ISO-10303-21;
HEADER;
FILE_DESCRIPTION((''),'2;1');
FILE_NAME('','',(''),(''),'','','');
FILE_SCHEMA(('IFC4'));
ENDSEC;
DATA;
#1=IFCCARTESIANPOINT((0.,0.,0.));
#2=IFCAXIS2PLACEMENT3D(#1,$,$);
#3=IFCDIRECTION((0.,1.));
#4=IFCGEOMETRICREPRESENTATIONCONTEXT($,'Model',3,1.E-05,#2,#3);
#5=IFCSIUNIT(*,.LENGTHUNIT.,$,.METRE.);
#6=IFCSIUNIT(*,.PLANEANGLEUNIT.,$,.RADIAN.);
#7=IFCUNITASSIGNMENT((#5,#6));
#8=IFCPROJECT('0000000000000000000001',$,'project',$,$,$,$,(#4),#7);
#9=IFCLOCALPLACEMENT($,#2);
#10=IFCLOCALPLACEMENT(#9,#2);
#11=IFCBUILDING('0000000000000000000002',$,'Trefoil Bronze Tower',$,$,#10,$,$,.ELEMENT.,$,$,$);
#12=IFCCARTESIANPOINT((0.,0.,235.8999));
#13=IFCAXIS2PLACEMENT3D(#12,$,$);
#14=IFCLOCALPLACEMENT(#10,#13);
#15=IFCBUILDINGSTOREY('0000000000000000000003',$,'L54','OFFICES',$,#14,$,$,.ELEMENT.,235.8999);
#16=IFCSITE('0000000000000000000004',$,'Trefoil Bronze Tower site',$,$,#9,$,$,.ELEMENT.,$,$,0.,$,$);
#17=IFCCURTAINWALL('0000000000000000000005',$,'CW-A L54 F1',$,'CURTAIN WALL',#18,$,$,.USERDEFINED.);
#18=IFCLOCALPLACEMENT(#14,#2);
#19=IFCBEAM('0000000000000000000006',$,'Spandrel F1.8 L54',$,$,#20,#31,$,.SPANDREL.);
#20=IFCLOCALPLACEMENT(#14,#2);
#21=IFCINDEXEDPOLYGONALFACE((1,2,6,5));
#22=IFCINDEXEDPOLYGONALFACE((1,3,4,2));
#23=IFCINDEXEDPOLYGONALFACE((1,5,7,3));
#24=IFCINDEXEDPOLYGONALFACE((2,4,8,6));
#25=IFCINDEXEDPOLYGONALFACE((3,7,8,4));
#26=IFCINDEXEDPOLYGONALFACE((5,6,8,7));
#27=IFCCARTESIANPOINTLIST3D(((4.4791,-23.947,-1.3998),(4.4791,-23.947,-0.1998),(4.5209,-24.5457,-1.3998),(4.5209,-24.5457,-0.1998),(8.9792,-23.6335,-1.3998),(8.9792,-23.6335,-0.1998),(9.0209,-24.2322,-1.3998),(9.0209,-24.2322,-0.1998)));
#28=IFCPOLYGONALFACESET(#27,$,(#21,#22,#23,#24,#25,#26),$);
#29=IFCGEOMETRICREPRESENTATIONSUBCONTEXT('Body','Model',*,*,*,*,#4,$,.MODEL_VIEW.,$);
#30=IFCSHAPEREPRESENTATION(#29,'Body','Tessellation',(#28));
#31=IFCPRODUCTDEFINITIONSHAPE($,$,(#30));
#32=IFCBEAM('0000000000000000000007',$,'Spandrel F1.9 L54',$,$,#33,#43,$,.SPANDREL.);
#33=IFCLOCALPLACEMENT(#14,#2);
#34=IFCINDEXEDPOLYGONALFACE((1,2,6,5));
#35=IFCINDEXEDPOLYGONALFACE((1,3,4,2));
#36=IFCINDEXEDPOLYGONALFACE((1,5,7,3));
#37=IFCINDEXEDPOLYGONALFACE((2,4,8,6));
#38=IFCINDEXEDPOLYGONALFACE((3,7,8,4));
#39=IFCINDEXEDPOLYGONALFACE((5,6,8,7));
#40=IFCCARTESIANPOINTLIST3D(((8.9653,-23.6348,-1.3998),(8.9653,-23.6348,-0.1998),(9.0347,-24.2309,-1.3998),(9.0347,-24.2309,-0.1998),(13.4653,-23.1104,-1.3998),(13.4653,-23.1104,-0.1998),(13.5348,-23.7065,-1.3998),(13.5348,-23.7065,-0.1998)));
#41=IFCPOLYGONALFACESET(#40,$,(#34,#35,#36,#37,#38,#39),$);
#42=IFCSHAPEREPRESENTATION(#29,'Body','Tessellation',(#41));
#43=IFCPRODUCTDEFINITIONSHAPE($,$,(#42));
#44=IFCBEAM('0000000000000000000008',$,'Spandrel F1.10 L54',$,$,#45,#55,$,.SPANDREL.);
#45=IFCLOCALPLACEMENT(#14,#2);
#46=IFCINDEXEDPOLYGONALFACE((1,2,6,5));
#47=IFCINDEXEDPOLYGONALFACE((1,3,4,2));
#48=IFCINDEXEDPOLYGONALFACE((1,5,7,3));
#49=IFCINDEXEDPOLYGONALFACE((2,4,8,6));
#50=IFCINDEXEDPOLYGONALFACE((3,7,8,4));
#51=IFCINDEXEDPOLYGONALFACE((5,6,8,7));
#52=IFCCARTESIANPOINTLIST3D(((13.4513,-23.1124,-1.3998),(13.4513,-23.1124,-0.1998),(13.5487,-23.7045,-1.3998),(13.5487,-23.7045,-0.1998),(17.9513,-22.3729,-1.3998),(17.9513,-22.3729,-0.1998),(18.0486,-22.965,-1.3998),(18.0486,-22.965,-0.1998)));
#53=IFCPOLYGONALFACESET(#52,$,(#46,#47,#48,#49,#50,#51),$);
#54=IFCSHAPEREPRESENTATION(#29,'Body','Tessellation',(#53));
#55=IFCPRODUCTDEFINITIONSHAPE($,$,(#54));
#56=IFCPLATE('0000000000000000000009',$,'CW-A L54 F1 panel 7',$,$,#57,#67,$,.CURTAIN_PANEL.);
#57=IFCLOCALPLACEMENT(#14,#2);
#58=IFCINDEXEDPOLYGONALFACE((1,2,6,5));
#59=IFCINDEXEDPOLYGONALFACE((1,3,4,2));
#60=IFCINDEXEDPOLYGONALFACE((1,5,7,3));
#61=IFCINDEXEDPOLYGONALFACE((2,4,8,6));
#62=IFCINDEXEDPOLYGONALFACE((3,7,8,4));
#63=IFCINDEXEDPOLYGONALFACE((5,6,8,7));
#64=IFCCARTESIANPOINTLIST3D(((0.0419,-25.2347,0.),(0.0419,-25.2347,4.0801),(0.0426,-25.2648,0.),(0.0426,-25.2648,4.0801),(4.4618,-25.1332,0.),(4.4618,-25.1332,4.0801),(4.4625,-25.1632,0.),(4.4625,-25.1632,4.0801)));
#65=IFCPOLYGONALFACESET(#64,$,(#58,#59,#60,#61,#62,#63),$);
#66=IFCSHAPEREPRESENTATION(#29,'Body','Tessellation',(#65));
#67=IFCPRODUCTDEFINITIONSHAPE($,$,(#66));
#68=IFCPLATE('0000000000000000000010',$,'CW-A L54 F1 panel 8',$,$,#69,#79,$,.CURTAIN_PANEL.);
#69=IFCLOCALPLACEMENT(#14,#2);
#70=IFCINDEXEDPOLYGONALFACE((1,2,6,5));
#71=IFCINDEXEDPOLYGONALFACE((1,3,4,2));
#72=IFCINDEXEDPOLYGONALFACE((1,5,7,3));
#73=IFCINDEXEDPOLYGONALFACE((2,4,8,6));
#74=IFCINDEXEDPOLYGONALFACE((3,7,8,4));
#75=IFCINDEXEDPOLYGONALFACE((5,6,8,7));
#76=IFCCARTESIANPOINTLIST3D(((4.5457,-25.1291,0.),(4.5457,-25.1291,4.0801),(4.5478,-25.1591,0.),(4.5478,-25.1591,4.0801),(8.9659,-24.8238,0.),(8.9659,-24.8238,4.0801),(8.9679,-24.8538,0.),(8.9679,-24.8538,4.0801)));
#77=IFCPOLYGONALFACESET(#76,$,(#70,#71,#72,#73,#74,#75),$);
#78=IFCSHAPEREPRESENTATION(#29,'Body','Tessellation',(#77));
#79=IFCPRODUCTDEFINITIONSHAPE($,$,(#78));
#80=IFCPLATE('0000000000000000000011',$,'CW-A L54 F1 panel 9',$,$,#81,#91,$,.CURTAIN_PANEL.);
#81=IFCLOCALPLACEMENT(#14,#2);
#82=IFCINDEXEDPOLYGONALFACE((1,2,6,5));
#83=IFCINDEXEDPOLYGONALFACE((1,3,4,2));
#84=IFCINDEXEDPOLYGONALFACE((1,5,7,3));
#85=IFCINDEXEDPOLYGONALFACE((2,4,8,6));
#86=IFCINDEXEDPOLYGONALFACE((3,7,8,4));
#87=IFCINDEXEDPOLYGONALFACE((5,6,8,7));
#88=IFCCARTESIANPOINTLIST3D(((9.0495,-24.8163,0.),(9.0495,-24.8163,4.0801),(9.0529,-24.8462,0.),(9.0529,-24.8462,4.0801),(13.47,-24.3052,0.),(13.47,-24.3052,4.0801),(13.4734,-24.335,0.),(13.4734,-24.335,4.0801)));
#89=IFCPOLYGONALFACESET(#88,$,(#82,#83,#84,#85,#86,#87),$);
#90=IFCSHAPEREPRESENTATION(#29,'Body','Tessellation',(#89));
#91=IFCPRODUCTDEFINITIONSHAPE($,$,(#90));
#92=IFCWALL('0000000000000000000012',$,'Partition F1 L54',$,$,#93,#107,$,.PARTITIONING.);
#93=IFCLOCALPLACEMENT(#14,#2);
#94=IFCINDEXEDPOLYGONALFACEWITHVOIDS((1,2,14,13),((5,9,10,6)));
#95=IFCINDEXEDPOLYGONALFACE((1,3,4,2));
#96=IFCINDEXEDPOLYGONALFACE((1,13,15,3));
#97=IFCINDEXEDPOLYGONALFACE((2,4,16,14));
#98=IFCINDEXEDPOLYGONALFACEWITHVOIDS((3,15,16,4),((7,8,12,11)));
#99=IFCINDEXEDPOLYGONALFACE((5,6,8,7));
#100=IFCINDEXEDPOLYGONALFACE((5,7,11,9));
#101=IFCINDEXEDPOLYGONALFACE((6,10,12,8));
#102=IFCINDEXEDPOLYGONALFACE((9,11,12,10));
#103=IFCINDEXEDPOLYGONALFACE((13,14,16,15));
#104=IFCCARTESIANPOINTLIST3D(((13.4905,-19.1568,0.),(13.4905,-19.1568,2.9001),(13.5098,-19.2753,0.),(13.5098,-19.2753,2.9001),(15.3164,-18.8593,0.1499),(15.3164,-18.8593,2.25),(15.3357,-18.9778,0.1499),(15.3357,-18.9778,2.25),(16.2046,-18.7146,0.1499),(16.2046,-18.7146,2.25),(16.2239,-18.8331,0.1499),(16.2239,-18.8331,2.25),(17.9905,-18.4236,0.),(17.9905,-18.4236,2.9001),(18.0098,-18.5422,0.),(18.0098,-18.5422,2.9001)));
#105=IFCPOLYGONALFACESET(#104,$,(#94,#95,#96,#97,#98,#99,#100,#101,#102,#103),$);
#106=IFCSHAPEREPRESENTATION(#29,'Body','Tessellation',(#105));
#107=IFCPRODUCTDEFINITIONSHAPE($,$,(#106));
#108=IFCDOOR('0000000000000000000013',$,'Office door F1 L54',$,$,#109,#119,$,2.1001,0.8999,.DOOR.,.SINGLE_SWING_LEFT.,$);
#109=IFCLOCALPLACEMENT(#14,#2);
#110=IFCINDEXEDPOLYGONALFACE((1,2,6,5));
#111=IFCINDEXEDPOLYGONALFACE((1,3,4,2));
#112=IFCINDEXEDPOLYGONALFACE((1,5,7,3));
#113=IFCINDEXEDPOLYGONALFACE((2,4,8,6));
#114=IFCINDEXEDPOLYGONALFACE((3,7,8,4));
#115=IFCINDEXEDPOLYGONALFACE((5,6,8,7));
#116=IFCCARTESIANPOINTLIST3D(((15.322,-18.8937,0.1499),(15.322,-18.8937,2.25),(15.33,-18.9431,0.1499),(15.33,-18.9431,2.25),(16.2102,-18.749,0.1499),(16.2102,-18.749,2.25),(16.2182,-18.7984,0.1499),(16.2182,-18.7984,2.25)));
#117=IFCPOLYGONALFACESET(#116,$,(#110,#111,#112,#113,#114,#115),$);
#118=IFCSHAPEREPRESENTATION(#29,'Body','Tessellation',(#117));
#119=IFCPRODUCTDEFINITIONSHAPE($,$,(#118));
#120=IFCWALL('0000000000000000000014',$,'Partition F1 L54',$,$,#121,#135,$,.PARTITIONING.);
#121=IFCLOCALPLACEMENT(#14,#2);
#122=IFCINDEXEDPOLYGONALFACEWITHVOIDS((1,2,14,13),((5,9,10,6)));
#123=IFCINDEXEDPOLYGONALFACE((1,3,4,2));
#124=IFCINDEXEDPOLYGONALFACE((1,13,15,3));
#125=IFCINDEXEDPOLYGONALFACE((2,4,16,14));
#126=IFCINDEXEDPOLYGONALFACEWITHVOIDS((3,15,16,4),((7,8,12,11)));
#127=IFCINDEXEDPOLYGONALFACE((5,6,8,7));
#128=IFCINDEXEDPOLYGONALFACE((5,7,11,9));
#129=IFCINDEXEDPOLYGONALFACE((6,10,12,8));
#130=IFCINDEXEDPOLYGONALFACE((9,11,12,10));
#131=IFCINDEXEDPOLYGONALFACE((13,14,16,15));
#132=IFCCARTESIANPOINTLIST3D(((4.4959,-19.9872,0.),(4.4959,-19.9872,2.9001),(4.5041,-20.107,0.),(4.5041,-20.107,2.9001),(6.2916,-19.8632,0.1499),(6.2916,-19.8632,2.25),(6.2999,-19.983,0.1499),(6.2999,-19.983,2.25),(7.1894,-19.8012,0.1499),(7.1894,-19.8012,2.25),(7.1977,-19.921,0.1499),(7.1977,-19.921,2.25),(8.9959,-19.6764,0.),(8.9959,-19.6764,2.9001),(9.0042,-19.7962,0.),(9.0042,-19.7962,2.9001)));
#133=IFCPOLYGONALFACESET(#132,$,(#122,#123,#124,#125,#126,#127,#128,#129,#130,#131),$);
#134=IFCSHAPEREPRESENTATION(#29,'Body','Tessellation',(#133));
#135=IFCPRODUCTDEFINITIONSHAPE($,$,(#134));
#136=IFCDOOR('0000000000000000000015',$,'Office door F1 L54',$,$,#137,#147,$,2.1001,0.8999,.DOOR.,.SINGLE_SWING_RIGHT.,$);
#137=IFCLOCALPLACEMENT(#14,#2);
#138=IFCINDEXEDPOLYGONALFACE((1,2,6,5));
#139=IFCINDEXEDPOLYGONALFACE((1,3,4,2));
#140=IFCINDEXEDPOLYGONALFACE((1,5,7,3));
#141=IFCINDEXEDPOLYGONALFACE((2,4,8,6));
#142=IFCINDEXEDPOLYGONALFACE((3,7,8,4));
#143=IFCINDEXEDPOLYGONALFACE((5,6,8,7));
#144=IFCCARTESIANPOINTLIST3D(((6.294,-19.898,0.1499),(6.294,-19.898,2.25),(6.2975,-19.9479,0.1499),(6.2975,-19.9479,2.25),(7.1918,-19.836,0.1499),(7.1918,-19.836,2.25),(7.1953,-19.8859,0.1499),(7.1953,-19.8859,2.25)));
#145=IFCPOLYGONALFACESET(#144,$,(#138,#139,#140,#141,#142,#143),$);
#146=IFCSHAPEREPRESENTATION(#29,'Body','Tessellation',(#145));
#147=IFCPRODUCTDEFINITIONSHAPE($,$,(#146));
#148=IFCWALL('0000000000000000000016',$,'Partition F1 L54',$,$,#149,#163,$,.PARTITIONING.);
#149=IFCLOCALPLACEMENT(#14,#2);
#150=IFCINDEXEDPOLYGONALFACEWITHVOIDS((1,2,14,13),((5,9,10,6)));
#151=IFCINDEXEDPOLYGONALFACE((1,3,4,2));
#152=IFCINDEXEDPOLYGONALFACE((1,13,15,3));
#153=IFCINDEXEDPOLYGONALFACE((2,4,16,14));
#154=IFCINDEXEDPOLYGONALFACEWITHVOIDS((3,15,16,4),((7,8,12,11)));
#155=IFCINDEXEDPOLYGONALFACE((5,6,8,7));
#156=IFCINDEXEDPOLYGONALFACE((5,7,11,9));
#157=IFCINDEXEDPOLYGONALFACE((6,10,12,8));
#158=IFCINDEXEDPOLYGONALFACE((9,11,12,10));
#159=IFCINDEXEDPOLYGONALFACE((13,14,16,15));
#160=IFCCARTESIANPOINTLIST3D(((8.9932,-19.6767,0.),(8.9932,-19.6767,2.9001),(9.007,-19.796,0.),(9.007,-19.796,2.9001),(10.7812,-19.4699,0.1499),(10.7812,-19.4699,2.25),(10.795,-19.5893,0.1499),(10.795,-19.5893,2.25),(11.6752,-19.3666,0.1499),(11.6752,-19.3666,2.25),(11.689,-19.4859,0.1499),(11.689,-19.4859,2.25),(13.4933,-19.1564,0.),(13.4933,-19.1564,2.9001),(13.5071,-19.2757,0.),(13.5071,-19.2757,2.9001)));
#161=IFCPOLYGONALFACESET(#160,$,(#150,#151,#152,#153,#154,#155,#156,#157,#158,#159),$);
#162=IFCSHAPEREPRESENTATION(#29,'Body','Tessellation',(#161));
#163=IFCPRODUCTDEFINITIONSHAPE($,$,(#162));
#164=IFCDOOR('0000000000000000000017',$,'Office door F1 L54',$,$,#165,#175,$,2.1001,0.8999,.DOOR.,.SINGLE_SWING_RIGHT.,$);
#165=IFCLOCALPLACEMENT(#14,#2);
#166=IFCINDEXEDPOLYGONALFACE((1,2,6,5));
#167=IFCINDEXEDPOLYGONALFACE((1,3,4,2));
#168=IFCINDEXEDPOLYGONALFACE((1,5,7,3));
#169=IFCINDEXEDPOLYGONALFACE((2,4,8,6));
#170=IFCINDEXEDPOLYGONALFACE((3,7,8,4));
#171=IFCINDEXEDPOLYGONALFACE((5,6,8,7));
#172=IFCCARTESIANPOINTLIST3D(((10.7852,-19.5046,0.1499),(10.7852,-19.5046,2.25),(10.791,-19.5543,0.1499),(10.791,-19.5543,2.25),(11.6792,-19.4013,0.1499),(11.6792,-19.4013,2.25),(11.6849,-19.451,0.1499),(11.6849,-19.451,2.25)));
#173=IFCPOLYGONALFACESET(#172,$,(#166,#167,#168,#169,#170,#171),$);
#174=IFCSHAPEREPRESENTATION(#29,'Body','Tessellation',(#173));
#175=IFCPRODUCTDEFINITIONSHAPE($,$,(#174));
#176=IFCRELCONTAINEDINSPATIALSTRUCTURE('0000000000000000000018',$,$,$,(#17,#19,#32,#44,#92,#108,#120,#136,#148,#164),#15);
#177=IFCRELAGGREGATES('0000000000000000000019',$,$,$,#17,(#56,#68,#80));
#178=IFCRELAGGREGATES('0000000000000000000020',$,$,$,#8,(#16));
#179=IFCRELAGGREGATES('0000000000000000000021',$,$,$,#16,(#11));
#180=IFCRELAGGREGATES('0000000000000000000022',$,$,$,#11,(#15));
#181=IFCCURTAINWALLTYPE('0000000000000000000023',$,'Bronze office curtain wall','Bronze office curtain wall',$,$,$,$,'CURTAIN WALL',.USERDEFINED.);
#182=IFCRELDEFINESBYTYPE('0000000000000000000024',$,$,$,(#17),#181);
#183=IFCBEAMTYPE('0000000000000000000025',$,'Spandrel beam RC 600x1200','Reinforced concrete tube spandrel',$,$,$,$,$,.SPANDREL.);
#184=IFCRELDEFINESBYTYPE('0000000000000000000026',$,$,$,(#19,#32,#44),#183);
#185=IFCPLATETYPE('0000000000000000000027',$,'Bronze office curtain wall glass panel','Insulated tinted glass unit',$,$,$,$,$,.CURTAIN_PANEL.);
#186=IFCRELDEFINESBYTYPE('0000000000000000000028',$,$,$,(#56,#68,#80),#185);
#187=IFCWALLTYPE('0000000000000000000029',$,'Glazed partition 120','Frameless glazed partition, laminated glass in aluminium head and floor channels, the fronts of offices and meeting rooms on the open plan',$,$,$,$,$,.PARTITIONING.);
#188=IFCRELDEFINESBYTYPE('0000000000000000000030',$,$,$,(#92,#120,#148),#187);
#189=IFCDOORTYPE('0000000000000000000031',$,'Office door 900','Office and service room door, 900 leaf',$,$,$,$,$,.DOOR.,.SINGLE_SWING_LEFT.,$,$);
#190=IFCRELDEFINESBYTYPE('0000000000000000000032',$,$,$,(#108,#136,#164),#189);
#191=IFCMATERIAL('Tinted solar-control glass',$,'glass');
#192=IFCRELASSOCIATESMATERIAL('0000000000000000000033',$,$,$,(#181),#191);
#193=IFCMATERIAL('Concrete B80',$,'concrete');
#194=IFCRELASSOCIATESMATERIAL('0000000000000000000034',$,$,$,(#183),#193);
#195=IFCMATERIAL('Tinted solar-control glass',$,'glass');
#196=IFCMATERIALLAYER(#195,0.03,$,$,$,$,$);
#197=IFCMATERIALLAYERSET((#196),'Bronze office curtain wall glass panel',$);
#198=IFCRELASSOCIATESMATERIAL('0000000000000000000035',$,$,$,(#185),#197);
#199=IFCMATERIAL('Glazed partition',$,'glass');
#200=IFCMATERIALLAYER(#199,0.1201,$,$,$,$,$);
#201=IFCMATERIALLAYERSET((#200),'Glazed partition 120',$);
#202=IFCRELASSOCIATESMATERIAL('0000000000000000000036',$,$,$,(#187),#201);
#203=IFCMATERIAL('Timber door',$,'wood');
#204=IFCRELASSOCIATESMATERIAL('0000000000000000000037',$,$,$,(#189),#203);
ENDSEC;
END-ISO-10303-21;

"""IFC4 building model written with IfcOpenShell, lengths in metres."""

from ifc_helpers import new_model, si_unit, direction, frame, frame_2d, origin, origin_2d, place, context, subcontext, project, spatial, rectangle, extrude, material, layer, layer_set, material_profile, profile_set, type_object, element, fill, aggregate, save


model = new_model("IFC4")

# Units and contexts
model_context = context("Model", 3, precision=1e-05, world=origin(), true_north=direction((0.0, 1.0)))
body_context = subcontext(model_context, "Body", "Model", "MODEL_VIEW")
ifc_project = project(units=[si_unit("LENGTHUNIT", "METRE"), si_unit("PLANEANGLEUNIT", "RADIAN")], contexts=[model_context])

# Site, building, storey
site_placement = place(None, origin())
site = spatial("IfcSite", under=ifc_project, at=site_placement, Name="Trefoil Bronze Tower site", CompositionType="ELEMENT", RefElevation=0.0)
building_placement = place(site_placement, origin())
building = spatial("IfcBuilding", under=site, at=building_placement, Name="Trefoil Bronze Tower", CompositionType="ELEMENT")
storey_placement = place(building_placement, frame((0.0, 0.0, 235.8999)))
storey = spatial("IfcBuildingStorey", under=building, at=storey_placement, Name="L54", Description="OFFICES", CompositionType="ELEMENT", Elevation=235.8999)

# Curtain wall
ifc_material_1 = material(Name="Tinted solar-control glass", Category="glass")
curtain_wall_type = type_object("IfcCurtainWallType", Name="Bronze office curtain wall", Description="Bronze office curtain wall", ElementType="CURTAIN WALL", PredefinedType="USERDEFINED", material=ifc_material_1)
curtain_wall_placement = place(storey_placement, origin())
curtain_wall = element("IfcCurtainWall", 1, at=curtain_wall_placement, inside=storey, type_object=curtain_wall_type, Name="CW-A L54 F1", ObjectType="CURTAIN WALL", PredefinedType="USERDEFINED")

# Beams
ifc_material_2 = material(Name="Concrete B80", Category="concrete")
ifc_material_profile_1 = material_profile(ifc_material_2, rectangle(XDim=0.6001, YDim=1.2, at=origin_2d()), Name="RC 600x1200")
ifc_profile_set_1 = profile_set([ifc_material_profile_1], Name="Concrete B80")
beam_type_1 = type_object("IfcBeamType", Name="Spandrel beam RC 600x1200", Description="Reinforced concrete tube spandrel", PredefinedType="SPANDREL", material=ifc_profile_set_1)
beam_1_placement = place(storey_placement, frame((4.5, -24.2463, -0.7998), z_axis=(0.997582, 0.069493, 0.0), x_axis=(-0.069493, 0.997582, 0.0)))
element("IfcBeam", 2, at=beam_1_placement, inside=storey, type_object=beam_type_1, Name="Spandrel F1.8 L54", PredefinedType="SPANDREL", context=body_context, shape_type="SweptSolid", body=[
    extrude(rectangle(XDim=0.6001, YDim=1.2, at=origin_2d()), origin(), (0.0, 0.0, 1.0), 4.511),
])
beam_2_placement = place(storey_placement, frame((9.0, -23.9329, -0.7998), z_axis=(0.993278, 0.115753, 0.0), x_axis=(-0.115753, 0.993278, 0.0)))
element("IfcBeam", 3, at=beam_2_placement, inside=storey, type_object=beam_type_1, Name="Spandrel F1.9 L54", PredefinedType="SPANDREL", context=body_context, shape_type="SweptSolid", body=[
    extrude(rectangle(XDim=0.6001, YDim=1.2, at=origin_2d()), origin(), (0.0, 0.0, 1.0), 4.5305),
])
beam_3_placement = place(storey_placement, frame((13.5, -23.4084, -0.7998), z_axis=(0.986765, 0.162159, 0.0), x_axis=(-0.162159, 0.986765, 0.0)))
element("IfcBeam", 4, at=beam_3_placement, inside=storey, type_object=beam_type_1, Name="Spandrel F1.10 L54", PredefinedType="SPANDREL", context=body_context, shape_type="SweptSolid", body=[
    extrude(rectangle(XDim=0.6001, YDim=1.2, at=origin_2d()), origin(), (0.0, 0.0, 1.0), 4.5603),
])

# Plates
ifc_material_3 = material(Name="Tinted solar-control glass", Category="glass")
ifc_layer_1 = layer(ifc_material_3, 0.03)
ifc_layer_set_1 = layer_set([ifc_layer_1], Name="Bronze office curtain wall glass panel")
plate_type = type_object("IfcPlateType", Name="Bronze office curtain wall glass panel", Description="Insulated tinted glass unit", PredefinedType="CURTAIN_PANEL", material=ifc_layer_set_1)
plate_1_placement = place(storey_placement, frame((2.2522, -25.199, 0.0), z_axis=(0.0, 0.0, 1.0), x_axis=(0.999736, 0.022972, 0.0)))
plate_1 = element("IfcPlate", 5, at=plate_1_placement, type_object=plate_type, Name="CW-A L54 F1 panel 7", PredefinedType="CURTAIN_PANEL", context=body_context, shape_type="SweptSolid", body=[
    extrude(rectangle(XDim=4.4211, YDim=0.03, at=origin_2d()), origin(), (0.0, 0.0, 1.0), 4.0801),
])
plate_2_placement = place(storey_placement, frame((6.7568, -24.9915, 0.0), z_axis=(0.0, 0.0, 1.0), x_axis=(0.997623, 0.068915, 0.0)))
plate_2 = element("IfcPlate", 6, at=plate_2_placement, type_object=plate_type, Name="CW-A L54 F1 panel 8", PredefinedType="CURTAIN_PANEL", context=body_context, shape_type="SweptSolid", body=[
    extrude(rectangle(XDim=4.4307, YDim=0.03, at=origin_2d()), origin(), (0.0, 0.0, 1.0), 4.0801),
])
plate_3_placement = place(storey_placement, frame((11.2615, -24.5757, 0.0), z_axis=(0.0, 0.0, 1.0), x_axis=(0.993382, 0.114859, 0.0)))
plate_3 = element("IfcPlate", 7, at=plate_3_placement, type_object=plate_type, Name="CW-A L54 F1 panel 9", PredefinedType="CURTAIN_PANEL", context=body_context, shape_type="SweptSolid", body=[
    extrude(rectangle(XDim=4.45, YDim=0.03, at=origin_2d()), origin(), (0.0, 0.0, 1.0), 4.0801),
])
aggregate(curtain_wall, [plate_1, plate_2, plate_3])

# Walls, openings, doors
ifc_material_4 = material(Name="Glazed partition", Category="glass")
ifc_layer_2 = layer(ifc_material_4, 0.1201)
ifc_layer_set_2 = layer_set([ifc_layer_2], Name="Glazed partition 120")
wall_type_1 = type_object("IfcWallType", Name="Glazed partition 120", Description="Frameless glazed partition, laminated glass in aluminium head and floor channels, the fronts of offices and meeting rooms on the open plan", PredefinedType="PARTITIONING", material=ifc_layer_set_2)
wall_1_placement = place(storey_placement, frame((13.5, -19.2161, 0.0), z_axis=(0.0, 0.0, 1.0), x_axis=(0.986987, 0.160803, 0.0)))
wall_1 = element("IfcWall", 8, at=wall_1_placement, inside=storey, type_object=wall_type_1, Name="Partition F1 L54", PredefinedType="PARTITIONING", context=body_context, shape_type="SweptSolid", body=[
    extrude(rectangle(XDim=4.5593, YDim=0.1201, at=frame_2d((2.2798, 0.0))), origin(), (0.0, 0.0, 1.0), 2.9001),
])
opening_1_placement = place(wall_1_placement, frame((1.8501, 0.0, 0.1499)))
opening_1 = element("IfcOpeningElement", 9, at=opening_1_placement, cuts=wall_1, PredefinedType="OPENING", context=body_context, shape_type="SweptSolid", body=[
    extrude(rectangle(XDim=0.8999, YDim=2.1001, at=frame_2d((0.45, 1.05))), frame((0.0, 0.0701, 0.0), z_axis=(0.0, -1.0, 0.0), x_axis=(1.0, 0.0, 0.0)), (0.0, 0.0, 1.0), 0.1401),
])
ifc_material_5 = material(Name="Timber door", Category="wood")
door_type = type_object("IfcDoorType", Name="Office door 900", Description="Office and service room door, 900 leaf", OperationType="SINGLE_SWING_LEFT", PredefinedType="DOOR", material=ifc_material_5)
door_1_placement = place(opening_1_placement, frame((0.8999, 0.0, 0.0), z_axis=(0.0, 0.0, 1.0), x_axis=(-1.0, 0.0, 0.0)))
door_1 = element("IfcDoor", 10, at=door_1_placement, inside=storey, type_object=door_type, Name="Office door F1 L54", OperationType="SINGLE_SWING_LEFT", OverallHeight=2.1001, OverallWidth=0.8999, PredefinedType="DOOR", context=body_context, shape_type="SweptSolid", body=[
    extrude(rectangle(XDim=0.8999, YDim=2.1001, at=frame_2d((0.45, 1.05))), frame((0.0, 0.0249, 0.0), z_axis=(0.0, -1.0, 0.0), x_axis=(1.0, 0.0, 0.0)), (0.0, 0.0, 1.0), 0.05),
])
fill(opening_1, door_1)
wall_2_placement = place(storey_placement, frame((4.5, -20.0471, 0.0), z_axis=(0.0, 0.0, 1.0), x_axis=(0.997624, 0.068901, 0.0)))
wall_2 = element("IfcWall", 11, at=wall_2_placement, inside=storey, type_object=wall_type_1, Name="Partition F1 L54", PredefinedType="PARTITIONING", context=body_context, shape_type="SweptSolid", body=[
    extrude(rectangle(XDim=4.5107, YDim=0.1201, at=frame_2d((2.2554, 0.0))), origin(), (0.0, 0.0, 1.0), 2.9001),
])
opening_2_placement = place(wall_2_placement, frame((1.8, 0.0, 0.1499)))
opening_2 = element("IfcOpeningElement", 12, at=opening_2_placement, cuts=wall_2, PredefinedType="OPENING", context=body_context, shape_type="SweptSolid", body=[
    extrude(rectangle(XDim=0.8999, YDim=2.1001, at=frame_2d((0.45, 1.05))), frame((0.0, 0.0701, 0.0), z_axis=(0.0, -1.0, 0.0), x_axis=(1.0, 0.0, 0.0)), (0.0, 0.0, 1.0), 0.1401),
])
door_2_placement = place(opening_2_placement, frame((0.8999, 0.0, 0.0), z_axis=(0.0, 0.0, 1.0), x_axis=(-1.0, 0.0, 0.0)))
door_2 = element("IfcDoor", 13, at=door_2_placement, inside=storey, type_object=door_type, Name="Office door F1 L54", OperationType="SINGLE_SWING_RIGHT", OverallHeight=2.1001, OverallWidth=0.8999, PredefinedType="DOOR", context=body_context, shape_type="SweptSolid", body=[
    extrude(rectangle(XDim=0.8999, YDim=2.1001, at=frame_2d((0.45, 1.05))), frame((0.0, 0.0249, 0.0), z_axis=(0.0, -1.0, 0.0), x_axis=(1.0, 0.0, 0.0)), (0.0, 0.0, 1.0), 0.05),
])
fill(opening_2, door_2)
wall_3_placement = place(storey_placement, frame((9.0, -19.7363, 0.0), z_axis=(0.0, 0.0, 1.0), x_axis=(0.993383, 0.114849, 0.0)))
wall_3 = element("IfcWall", 14, at=wall_3_placement, inside=storey, type_object=wall_type_1, Name="Partition F1 L54", PredefinedType="PARTITIONING", context=body_context, shape_type="SweptSolid", body=[
    extrude(rectangle(XDim=4.53, YDim=0.1201, at=frame_2d((2.2651, 0.0))), origin(), (0.0, 0.0, 1.0), 2.9001),
])
opening_3_placement = place(wall_3_placement, frame((1.8, 0.0, 0.1499)))
opening_3 = element("IfcOpeningElement", 15, at=opening_3_placement, cuts=wall_3, PredefinedType="OPENING", context=body_context, shape_type="SweptSolid", body=[
    extrude(rectangle(XDim=0.8999, YDim=2.1001, at=frame_2d((0.45, 1.05))), frame((0.0, 0.0701, 0.0), z_axis=(0.0, -1.0, 0.0), x_axis=(1.0, 0.0, 0.0)), (0.0, 0.0, 1.0), 0.1401),
])
door_3_placement = place(opening_3_placement, frame((0.8999, 0.0, 0.0), z_axis=(0.0, 0.0, 1.0), x_axis=(-1.0, 0.0, 0.0)))
door_3 = element("IfcDoor", 16, at=door_3_placement, inside=storey, type_object=door_type, Name="Office door F1 L54", OperationType="SINGLE_SWING_RIGHT", OverallHeight=2.1001, OverallWidth=0.8999, PredefinedType="DOOR", context=body_context, shape_type="SweptSolid", body=[
    extrude(rectangle(XDim=0.8999, YDim=2.1001, at=frame_2d((0.45, 1.05))), frame((0.0, 0.0249, 0.0), z_axis=(0.0, -1.0, 0.0), x_axis=(1.0, 0.0, 0.0)), (0.0, 0.0, 1.0), 0.05),
])
fill(opening_3, door_3)

save(model, "model.ifc")
